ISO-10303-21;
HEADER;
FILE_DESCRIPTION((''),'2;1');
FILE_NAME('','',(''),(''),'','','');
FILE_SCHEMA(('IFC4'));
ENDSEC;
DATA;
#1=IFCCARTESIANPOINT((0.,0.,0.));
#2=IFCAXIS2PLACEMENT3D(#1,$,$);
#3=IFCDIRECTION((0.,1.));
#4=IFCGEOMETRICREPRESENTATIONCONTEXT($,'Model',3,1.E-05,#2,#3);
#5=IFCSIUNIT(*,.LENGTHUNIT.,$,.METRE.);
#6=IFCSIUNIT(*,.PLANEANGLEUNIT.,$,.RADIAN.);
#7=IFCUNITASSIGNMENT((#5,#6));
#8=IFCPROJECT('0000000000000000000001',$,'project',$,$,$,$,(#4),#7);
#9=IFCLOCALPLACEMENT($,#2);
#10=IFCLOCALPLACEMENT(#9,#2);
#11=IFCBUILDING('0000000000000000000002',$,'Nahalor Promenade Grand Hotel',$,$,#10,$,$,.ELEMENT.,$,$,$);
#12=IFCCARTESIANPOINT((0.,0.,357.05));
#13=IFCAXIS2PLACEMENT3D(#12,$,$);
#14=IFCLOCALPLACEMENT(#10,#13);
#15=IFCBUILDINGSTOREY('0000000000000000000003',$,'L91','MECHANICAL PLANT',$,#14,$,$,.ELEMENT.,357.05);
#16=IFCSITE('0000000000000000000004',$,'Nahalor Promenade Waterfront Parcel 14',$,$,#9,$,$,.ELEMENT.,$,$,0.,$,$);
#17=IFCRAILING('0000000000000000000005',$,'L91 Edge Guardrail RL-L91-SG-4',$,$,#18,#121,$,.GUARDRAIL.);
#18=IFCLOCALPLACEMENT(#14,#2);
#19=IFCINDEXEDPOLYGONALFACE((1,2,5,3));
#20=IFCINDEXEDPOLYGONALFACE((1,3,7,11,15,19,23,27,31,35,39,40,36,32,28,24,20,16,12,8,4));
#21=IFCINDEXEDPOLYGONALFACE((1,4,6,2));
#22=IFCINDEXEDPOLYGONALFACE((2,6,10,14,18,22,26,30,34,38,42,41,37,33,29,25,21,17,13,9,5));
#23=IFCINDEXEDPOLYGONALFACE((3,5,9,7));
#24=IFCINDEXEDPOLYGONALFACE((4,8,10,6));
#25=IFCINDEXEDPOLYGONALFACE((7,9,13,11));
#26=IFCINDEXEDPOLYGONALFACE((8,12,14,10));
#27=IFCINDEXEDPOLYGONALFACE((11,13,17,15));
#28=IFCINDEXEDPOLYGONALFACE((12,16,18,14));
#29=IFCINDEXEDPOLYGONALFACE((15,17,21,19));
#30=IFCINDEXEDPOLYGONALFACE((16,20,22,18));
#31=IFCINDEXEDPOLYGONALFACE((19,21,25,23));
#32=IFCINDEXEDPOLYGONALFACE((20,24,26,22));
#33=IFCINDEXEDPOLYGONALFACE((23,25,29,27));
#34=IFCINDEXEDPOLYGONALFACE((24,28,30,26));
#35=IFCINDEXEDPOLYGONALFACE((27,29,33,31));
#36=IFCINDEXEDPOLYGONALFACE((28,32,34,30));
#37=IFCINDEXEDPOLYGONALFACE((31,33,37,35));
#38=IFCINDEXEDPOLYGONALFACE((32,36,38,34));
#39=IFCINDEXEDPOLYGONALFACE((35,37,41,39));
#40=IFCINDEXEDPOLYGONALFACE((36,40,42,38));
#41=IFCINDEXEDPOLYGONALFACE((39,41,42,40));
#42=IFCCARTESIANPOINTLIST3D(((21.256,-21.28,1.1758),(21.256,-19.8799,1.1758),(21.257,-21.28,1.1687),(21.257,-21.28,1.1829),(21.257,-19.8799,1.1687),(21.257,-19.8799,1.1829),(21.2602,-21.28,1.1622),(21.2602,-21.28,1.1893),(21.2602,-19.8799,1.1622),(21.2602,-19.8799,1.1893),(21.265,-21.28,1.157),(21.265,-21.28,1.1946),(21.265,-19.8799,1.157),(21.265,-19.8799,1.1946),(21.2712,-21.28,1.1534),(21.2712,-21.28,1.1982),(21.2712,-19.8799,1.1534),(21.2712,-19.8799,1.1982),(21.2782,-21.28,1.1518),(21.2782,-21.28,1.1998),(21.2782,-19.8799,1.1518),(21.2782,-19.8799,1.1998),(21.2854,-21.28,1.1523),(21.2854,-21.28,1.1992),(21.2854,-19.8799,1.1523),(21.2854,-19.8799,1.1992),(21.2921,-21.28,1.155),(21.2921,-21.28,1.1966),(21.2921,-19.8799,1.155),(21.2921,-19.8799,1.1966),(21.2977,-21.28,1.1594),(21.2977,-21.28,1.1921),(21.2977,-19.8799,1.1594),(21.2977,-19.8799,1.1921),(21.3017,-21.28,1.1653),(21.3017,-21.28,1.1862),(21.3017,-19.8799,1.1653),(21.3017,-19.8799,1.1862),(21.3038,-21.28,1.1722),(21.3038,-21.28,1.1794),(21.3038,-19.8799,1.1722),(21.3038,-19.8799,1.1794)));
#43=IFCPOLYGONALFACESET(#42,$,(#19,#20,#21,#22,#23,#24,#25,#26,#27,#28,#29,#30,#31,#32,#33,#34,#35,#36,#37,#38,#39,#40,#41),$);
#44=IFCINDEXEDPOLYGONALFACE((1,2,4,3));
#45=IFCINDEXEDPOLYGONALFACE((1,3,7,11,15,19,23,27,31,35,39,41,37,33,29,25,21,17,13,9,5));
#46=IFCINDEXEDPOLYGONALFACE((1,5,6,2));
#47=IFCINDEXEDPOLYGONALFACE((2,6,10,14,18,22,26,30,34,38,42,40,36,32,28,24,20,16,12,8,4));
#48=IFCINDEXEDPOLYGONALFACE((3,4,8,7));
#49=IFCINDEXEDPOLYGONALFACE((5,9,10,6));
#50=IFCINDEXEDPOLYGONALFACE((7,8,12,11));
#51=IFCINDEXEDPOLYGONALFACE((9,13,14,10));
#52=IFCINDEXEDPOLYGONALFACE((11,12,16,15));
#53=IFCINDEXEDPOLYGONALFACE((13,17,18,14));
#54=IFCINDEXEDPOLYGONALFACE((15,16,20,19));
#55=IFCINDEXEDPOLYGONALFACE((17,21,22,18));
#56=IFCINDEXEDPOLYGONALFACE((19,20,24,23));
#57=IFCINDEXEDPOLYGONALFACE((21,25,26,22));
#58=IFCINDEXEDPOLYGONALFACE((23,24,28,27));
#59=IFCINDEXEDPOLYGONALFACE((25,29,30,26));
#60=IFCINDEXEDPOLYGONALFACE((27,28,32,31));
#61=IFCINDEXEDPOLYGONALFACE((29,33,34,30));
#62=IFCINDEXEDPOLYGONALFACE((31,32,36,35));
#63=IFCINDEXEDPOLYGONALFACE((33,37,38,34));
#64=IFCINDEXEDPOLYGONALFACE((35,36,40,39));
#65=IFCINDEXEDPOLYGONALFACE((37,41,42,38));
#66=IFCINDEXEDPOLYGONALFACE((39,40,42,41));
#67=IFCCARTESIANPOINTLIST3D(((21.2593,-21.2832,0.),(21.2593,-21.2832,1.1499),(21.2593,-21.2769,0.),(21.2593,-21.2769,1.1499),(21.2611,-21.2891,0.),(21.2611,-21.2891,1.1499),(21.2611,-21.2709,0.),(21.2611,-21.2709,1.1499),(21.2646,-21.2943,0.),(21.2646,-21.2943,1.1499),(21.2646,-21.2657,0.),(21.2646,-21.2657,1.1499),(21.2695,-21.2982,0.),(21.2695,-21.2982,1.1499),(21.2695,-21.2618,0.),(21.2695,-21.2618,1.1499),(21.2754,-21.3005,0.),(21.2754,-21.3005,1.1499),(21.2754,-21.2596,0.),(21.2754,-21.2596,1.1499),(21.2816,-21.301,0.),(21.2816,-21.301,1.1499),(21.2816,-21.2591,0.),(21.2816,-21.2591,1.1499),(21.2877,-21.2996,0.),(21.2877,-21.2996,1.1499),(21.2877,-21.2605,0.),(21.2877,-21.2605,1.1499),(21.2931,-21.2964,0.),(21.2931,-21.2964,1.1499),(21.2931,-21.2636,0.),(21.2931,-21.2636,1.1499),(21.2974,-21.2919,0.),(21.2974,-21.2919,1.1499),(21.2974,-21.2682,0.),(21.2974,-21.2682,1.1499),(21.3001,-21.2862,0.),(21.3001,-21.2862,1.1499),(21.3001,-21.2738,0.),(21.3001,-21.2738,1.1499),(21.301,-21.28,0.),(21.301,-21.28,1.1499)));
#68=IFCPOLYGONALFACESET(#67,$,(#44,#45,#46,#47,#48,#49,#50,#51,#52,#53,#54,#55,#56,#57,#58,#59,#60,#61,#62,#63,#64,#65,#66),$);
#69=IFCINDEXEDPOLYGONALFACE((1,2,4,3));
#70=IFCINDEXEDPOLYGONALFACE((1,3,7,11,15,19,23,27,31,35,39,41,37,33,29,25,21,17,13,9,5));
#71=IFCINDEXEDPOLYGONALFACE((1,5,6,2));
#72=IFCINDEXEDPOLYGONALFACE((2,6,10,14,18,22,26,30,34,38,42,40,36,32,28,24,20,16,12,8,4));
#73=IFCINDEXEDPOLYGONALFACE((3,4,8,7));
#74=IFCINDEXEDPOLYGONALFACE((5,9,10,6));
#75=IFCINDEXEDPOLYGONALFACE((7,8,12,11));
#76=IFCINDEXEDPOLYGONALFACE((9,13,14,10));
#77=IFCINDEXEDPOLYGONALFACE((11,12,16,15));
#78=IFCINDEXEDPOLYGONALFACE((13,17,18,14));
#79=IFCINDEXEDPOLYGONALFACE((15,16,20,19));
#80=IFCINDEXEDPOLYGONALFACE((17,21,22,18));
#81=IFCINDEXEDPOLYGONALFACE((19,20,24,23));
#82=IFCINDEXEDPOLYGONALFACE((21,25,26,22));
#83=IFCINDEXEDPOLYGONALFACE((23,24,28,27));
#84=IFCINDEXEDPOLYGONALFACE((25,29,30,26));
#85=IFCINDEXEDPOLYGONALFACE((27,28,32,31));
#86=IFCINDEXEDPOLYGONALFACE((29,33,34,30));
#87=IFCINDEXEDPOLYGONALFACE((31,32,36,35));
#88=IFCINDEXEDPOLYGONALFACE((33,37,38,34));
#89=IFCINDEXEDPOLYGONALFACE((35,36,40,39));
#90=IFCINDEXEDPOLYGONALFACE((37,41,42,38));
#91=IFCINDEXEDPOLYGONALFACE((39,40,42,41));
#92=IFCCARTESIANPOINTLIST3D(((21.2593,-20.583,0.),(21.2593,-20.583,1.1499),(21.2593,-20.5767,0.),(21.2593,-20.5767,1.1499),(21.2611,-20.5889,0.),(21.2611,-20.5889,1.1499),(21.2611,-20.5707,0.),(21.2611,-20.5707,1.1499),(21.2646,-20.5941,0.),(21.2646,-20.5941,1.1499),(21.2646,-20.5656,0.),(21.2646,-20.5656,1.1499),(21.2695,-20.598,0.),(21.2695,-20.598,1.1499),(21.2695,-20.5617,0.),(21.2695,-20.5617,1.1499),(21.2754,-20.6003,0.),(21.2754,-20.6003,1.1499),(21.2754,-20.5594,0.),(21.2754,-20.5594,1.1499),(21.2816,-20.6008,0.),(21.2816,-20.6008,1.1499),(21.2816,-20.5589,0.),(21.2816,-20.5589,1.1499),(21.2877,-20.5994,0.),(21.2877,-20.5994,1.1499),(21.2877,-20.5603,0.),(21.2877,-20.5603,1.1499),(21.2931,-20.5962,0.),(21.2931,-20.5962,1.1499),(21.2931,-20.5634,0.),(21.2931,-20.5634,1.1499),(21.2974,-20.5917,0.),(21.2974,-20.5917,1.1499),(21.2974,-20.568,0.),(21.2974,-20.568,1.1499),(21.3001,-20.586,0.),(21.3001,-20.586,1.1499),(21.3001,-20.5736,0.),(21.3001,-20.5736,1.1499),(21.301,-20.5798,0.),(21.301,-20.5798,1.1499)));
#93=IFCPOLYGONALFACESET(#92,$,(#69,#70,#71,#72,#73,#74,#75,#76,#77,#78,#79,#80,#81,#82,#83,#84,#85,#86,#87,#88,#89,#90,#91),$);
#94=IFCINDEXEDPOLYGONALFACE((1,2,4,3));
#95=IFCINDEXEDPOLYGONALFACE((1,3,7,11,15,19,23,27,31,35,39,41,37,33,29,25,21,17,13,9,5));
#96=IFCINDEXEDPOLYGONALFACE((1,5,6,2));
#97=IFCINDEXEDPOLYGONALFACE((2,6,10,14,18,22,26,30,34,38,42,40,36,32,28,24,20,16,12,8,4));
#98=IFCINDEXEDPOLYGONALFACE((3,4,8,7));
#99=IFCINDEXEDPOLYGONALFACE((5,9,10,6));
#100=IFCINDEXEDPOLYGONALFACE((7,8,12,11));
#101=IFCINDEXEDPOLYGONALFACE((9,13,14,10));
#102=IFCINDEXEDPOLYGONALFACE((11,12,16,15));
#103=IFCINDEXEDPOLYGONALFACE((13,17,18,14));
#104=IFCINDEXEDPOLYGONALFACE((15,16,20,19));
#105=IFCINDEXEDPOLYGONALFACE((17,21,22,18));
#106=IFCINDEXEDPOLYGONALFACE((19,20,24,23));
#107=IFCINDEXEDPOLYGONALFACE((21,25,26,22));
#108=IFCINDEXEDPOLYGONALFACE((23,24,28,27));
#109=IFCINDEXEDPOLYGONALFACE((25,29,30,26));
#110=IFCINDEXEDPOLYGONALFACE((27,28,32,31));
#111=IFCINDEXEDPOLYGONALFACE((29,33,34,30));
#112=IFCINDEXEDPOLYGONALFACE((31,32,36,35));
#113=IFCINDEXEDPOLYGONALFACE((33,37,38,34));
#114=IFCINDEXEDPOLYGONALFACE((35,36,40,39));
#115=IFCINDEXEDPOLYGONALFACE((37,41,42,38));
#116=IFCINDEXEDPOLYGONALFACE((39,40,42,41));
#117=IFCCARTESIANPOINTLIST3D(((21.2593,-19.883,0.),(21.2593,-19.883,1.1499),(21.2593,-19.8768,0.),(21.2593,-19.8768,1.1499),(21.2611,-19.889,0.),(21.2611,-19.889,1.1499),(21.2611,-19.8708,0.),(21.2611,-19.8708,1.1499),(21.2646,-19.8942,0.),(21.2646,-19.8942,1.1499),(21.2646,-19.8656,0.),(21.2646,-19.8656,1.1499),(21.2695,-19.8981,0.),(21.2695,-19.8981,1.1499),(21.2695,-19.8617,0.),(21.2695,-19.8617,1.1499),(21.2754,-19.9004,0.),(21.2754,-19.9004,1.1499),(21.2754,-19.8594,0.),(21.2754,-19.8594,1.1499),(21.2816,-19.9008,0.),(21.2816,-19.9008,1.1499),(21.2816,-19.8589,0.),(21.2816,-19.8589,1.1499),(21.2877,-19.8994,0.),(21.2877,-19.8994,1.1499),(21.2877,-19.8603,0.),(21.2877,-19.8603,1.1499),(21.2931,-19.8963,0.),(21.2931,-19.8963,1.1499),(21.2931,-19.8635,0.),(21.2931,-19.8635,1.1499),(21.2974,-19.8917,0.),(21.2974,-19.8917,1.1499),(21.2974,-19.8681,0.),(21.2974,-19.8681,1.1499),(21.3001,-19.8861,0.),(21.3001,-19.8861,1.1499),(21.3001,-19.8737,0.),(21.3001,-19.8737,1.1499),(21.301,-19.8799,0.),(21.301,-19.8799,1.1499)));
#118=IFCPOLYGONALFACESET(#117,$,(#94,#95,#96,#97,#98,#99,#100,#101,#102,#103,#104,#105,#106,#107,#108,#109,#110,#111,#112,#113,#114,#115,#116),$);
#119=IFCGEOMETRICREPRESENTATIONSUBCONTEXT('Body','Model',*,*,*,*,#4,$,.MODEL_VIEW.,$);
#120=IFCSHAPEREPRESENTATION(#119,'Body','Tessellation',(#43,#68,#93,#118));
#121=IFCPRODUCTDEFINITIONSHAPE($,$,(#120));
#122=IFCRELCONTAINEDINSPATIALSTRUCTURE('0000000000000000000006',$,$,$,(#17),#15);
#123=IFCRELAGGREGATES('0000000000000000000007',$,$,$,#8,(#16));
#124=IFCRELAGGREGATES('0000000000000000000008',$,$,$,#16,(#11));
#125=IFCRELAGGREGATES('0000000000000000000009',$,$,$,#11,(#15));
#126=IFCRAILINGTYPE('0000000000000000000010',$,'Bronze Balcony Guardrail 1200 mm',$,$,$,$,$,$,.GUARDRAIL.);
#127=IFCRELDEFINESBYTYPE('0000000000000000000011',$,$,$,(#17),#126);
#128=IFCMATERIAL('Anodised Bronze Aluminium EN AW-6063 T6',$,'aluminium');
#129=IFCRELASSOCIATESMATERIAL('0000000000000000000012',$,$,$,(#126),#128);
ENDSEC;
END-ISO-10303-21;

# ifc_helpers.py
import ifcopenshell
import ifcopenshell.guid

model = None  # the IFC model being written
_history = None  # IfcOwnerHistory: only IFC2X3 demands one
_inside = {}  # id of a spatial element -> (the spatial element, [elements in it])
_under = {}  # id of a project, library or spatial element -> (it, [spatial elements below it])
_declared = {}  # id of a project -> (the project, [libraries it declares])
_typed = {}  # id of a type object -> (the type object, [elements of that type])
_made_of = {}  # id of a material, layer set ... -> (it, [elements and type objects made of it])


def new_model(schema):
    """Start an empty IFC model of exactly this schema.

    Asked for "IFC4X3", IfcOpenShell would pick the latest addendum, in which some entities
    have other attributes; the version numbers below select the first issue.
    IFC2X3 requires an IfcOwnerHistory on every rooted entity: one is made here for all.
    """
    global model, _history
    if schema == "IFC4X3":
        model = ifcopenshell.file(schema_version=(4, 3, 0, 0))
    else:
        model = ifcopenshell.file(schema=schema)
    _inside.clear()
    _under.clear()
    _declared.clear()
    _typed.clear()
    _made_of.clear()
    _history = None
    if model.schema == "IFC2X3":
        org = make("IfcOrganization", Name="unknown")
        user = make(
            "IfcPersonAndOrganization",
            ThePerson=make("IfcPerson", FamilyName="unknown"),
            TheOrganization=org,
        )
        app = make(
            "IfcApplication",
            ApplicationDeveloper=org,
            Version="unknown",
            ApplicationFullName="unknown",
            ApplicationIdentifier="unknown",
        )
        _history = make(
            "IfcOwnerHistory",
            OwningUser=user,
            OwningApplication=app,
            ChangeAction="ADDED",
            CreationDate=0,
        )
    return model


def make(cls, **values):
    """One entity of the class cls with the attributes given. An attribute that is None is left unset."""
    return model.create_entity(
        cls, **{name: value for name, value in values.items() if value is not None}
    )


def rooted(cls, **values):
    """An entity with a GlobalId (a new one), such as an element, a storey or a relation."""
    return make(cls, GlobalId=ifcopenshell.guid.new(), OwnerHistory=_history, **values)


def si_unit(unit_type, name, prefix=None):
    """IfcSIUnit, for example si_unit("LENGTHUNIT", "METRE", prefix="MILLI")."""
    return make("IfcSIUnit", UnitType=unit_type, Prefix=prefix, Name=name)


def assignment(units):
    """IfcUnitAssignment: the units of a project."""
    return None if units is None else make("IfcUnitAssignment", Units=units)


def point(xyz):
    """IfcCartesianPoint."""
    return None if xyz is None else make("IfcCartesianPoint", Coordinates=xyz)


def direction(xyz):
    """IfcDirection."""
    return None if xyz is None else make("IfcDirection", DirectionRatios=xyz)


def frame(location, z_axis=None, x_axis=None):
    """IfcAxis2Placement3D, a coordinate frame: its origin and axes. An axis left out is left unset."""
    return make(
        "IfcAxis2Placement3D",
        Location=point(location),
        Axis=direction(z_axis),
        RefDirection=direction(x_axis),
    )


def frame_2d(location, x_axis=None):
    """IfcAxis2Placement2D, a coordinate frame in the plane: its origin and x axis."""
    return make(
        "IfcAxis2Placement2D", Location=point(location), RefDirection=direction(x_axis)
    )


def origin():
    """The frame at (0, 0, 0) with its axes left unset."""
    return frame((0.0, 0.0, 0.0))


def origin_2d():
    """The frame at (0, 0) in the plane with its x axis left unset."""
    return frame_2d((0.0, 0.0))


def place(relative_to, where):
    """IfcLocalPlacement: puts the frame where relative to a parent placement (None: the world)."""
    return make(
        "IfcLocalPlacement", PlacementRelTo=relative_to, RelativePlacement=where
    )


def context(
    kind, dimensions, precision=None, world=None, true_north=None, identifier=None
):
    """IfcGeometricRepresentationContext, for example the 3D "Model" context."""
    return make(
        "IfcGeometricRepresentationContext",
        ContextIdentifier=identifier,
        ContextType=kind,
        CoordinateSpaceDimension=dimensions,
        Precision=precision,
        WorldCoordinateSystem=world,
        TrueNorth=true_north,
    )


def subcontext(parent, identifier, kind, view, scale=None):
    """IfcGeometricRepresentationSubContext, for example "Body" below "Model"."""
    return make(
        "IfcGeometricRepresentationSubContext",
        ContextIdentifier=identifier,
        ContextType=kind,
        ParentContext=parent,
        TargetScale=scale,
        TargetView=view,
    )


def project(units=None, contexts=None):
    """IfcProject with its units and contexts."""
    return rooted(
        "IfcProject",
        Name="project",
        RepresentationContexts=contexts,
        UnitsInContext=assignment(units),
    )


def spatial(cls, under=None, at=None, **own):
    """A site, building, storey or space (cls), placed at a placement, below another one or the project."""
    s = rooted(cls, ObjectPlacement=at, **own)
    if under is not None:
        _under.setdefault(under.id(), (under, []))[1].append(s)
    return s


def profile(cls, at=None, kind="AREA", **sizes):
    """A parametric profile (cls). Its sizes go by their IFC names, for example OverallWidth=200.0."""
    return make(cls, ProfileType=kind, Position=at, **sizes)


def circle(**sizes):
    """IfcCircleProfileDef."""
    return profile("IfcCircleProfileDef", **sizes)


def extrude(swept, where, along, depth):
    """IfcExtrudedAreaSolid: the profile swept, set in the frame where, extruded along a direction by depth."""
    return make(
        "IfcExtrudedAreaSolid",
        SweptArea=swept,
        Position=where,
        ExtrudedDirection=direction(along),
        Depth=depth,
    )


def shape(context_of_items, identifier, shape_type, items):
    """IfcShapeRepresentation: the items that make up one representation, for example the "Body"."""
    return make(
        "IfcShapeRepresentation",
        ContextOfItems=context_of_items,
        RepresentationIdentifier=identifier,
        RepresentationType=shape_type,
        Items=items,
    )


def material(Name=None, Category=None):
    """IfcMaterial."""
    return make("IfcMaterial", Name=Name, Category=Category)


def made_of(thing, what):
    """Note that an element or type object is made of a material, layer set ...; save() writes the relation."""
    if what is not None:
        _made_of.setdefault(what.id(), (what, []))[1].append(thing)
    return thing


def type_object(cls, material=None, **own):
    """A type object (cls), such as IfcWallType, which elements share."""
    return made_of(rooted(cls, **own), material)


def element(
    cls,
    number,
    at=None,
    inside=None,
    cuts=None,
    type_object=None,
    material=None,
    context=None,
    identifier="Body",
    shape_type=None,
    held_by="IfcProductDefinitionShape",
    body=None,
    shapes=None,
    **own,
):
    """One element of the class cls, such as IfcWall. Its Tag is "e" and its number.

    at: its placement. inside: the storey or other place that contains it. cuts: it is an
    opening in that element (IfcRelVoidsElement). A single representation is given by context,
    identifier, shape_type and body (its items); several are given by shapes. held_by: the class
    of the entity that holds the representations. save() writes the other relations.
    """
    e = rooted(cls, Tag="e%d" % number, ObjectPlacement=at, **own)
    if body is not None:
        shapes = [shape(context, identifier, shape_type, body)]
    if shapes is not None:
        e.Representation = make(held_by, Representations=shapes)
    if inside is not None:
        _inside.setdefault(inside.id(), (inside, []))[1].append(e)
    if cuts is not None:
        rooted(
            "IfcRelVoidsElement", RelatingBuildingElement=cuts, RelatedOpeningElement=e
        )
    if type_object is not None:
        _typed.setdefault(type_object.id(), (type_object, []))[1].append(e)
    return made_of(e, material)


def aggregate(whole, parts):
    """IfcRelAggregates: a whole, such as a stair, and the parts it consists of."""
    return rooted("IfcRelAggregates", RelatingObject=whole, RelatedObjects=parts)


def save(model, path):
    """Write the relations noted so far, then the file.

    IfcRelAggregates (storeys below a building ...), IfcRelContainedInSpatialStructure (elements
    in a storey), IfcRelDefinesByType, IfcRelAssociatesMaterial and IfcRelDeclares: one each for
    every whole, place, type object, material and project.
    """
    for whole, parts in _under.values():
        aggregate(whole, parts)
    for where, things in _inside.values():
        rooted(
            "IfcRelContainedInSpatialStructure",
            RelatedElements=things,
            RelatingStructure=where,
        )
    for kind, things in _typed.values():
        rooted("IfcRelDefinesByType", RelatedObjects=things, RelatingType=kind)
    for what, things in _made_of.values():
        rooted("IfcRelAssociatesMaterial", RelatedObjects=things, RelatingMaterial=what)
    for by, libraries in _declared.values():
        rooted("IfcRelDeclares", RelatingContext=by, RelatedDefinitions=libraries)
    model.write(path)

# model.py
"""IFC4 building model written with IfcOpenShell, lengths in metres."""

from ifc_helpers import new_model, si_unit, direction, frame, origin, origin_2d, place, context, subcontext, project, spatial, circle, extrude, material, type_object, element, save


model = new_model("IFC4")

# Units and contexts
model_context = context("Model", 3, precision=1e-05, world=origin(), true_north=direction((0.0, 1.0)))
body_context = subcontext(model_context, "Body", "Model", "MODEL_VIEW")
ifc_project = project(units=[si_unit("LENGTHUNIT", "METRE"), si_unit("PLANEANGLEUNIT", "RADIAN")], contexts=[model_context])

# Site, building, storey
site_placement = place(None, origin())
site = spatial("IfcSite", under=ifc_project, at=site_placement, Name="Nahalor Promenade Waterfront Parcel 14", CompositionType="ELEMENT", RefElevation=0.0)
building_placement = place(site_placement, origin())
building = spatial("IfcBuilding", under=site, at=building_placement, Name="Nahalor Promenade Grand Hotel", CompositionType="ELEMENT")
storey_placement = place(building_placement, frame((0.0, 0.0, 357.05)))
storey = spatial("IfcBuildingStorey", under=building, at=storey_placement, Name="L91", Description="MECHANICAL PLANT", CompositionType="ELEMENT", Elevation=357.05)

# Shared definitions
ifc_material_1 = material(Name="Anodised Bronze Aluminium EN AW-6063 T6", Category="aluminium")

# Railing
railing_type = type_object("IfcRailingType", Name="Bronze Balcony Guardrail 1200 mm", PredefinedType="GUARDRAIL", material=ifc_material_1)
railing_1_placement = place(storey_placement, frame((21.28, -21.28, 0.0)))
element("IfcRailing", 1, at=railing_1_placement, inside=storey, type_object=railing_type, Name="L91 Edge Guardrail RL-L91-SG-4", PredefinedType="GUARDRAIL", context=body_context, shape_type="SweptSolid", body=[
    extrude(circle(Radius=0.024, at=origin_2d()), frame((0.0, 0.0, 1.1758), z_axis=(0.0, 1.0, 0.0), x_axis=(-1.0, 0.0, 0.0)), (0.0, 0.0, 1.0), 1.4001),
    extrude(circle(Radius=0.021, at=origin_2d()), origin(), (0.0, 0.0, 1.0), 1.1499),
    extrude(circle(Radius=0.021, at=origin_2d()), frame((0.0, 0.7002, 0.0)), (0.0, 0.0, 1.0), 1.1499),
    extrude(circle(Radius=0.021, at=origin_2d()), frame((0.0, 1.4001, 0.0)), (0.0, 0.0, 1.0), 1.1499),
])

save(model, "model.ifc")
